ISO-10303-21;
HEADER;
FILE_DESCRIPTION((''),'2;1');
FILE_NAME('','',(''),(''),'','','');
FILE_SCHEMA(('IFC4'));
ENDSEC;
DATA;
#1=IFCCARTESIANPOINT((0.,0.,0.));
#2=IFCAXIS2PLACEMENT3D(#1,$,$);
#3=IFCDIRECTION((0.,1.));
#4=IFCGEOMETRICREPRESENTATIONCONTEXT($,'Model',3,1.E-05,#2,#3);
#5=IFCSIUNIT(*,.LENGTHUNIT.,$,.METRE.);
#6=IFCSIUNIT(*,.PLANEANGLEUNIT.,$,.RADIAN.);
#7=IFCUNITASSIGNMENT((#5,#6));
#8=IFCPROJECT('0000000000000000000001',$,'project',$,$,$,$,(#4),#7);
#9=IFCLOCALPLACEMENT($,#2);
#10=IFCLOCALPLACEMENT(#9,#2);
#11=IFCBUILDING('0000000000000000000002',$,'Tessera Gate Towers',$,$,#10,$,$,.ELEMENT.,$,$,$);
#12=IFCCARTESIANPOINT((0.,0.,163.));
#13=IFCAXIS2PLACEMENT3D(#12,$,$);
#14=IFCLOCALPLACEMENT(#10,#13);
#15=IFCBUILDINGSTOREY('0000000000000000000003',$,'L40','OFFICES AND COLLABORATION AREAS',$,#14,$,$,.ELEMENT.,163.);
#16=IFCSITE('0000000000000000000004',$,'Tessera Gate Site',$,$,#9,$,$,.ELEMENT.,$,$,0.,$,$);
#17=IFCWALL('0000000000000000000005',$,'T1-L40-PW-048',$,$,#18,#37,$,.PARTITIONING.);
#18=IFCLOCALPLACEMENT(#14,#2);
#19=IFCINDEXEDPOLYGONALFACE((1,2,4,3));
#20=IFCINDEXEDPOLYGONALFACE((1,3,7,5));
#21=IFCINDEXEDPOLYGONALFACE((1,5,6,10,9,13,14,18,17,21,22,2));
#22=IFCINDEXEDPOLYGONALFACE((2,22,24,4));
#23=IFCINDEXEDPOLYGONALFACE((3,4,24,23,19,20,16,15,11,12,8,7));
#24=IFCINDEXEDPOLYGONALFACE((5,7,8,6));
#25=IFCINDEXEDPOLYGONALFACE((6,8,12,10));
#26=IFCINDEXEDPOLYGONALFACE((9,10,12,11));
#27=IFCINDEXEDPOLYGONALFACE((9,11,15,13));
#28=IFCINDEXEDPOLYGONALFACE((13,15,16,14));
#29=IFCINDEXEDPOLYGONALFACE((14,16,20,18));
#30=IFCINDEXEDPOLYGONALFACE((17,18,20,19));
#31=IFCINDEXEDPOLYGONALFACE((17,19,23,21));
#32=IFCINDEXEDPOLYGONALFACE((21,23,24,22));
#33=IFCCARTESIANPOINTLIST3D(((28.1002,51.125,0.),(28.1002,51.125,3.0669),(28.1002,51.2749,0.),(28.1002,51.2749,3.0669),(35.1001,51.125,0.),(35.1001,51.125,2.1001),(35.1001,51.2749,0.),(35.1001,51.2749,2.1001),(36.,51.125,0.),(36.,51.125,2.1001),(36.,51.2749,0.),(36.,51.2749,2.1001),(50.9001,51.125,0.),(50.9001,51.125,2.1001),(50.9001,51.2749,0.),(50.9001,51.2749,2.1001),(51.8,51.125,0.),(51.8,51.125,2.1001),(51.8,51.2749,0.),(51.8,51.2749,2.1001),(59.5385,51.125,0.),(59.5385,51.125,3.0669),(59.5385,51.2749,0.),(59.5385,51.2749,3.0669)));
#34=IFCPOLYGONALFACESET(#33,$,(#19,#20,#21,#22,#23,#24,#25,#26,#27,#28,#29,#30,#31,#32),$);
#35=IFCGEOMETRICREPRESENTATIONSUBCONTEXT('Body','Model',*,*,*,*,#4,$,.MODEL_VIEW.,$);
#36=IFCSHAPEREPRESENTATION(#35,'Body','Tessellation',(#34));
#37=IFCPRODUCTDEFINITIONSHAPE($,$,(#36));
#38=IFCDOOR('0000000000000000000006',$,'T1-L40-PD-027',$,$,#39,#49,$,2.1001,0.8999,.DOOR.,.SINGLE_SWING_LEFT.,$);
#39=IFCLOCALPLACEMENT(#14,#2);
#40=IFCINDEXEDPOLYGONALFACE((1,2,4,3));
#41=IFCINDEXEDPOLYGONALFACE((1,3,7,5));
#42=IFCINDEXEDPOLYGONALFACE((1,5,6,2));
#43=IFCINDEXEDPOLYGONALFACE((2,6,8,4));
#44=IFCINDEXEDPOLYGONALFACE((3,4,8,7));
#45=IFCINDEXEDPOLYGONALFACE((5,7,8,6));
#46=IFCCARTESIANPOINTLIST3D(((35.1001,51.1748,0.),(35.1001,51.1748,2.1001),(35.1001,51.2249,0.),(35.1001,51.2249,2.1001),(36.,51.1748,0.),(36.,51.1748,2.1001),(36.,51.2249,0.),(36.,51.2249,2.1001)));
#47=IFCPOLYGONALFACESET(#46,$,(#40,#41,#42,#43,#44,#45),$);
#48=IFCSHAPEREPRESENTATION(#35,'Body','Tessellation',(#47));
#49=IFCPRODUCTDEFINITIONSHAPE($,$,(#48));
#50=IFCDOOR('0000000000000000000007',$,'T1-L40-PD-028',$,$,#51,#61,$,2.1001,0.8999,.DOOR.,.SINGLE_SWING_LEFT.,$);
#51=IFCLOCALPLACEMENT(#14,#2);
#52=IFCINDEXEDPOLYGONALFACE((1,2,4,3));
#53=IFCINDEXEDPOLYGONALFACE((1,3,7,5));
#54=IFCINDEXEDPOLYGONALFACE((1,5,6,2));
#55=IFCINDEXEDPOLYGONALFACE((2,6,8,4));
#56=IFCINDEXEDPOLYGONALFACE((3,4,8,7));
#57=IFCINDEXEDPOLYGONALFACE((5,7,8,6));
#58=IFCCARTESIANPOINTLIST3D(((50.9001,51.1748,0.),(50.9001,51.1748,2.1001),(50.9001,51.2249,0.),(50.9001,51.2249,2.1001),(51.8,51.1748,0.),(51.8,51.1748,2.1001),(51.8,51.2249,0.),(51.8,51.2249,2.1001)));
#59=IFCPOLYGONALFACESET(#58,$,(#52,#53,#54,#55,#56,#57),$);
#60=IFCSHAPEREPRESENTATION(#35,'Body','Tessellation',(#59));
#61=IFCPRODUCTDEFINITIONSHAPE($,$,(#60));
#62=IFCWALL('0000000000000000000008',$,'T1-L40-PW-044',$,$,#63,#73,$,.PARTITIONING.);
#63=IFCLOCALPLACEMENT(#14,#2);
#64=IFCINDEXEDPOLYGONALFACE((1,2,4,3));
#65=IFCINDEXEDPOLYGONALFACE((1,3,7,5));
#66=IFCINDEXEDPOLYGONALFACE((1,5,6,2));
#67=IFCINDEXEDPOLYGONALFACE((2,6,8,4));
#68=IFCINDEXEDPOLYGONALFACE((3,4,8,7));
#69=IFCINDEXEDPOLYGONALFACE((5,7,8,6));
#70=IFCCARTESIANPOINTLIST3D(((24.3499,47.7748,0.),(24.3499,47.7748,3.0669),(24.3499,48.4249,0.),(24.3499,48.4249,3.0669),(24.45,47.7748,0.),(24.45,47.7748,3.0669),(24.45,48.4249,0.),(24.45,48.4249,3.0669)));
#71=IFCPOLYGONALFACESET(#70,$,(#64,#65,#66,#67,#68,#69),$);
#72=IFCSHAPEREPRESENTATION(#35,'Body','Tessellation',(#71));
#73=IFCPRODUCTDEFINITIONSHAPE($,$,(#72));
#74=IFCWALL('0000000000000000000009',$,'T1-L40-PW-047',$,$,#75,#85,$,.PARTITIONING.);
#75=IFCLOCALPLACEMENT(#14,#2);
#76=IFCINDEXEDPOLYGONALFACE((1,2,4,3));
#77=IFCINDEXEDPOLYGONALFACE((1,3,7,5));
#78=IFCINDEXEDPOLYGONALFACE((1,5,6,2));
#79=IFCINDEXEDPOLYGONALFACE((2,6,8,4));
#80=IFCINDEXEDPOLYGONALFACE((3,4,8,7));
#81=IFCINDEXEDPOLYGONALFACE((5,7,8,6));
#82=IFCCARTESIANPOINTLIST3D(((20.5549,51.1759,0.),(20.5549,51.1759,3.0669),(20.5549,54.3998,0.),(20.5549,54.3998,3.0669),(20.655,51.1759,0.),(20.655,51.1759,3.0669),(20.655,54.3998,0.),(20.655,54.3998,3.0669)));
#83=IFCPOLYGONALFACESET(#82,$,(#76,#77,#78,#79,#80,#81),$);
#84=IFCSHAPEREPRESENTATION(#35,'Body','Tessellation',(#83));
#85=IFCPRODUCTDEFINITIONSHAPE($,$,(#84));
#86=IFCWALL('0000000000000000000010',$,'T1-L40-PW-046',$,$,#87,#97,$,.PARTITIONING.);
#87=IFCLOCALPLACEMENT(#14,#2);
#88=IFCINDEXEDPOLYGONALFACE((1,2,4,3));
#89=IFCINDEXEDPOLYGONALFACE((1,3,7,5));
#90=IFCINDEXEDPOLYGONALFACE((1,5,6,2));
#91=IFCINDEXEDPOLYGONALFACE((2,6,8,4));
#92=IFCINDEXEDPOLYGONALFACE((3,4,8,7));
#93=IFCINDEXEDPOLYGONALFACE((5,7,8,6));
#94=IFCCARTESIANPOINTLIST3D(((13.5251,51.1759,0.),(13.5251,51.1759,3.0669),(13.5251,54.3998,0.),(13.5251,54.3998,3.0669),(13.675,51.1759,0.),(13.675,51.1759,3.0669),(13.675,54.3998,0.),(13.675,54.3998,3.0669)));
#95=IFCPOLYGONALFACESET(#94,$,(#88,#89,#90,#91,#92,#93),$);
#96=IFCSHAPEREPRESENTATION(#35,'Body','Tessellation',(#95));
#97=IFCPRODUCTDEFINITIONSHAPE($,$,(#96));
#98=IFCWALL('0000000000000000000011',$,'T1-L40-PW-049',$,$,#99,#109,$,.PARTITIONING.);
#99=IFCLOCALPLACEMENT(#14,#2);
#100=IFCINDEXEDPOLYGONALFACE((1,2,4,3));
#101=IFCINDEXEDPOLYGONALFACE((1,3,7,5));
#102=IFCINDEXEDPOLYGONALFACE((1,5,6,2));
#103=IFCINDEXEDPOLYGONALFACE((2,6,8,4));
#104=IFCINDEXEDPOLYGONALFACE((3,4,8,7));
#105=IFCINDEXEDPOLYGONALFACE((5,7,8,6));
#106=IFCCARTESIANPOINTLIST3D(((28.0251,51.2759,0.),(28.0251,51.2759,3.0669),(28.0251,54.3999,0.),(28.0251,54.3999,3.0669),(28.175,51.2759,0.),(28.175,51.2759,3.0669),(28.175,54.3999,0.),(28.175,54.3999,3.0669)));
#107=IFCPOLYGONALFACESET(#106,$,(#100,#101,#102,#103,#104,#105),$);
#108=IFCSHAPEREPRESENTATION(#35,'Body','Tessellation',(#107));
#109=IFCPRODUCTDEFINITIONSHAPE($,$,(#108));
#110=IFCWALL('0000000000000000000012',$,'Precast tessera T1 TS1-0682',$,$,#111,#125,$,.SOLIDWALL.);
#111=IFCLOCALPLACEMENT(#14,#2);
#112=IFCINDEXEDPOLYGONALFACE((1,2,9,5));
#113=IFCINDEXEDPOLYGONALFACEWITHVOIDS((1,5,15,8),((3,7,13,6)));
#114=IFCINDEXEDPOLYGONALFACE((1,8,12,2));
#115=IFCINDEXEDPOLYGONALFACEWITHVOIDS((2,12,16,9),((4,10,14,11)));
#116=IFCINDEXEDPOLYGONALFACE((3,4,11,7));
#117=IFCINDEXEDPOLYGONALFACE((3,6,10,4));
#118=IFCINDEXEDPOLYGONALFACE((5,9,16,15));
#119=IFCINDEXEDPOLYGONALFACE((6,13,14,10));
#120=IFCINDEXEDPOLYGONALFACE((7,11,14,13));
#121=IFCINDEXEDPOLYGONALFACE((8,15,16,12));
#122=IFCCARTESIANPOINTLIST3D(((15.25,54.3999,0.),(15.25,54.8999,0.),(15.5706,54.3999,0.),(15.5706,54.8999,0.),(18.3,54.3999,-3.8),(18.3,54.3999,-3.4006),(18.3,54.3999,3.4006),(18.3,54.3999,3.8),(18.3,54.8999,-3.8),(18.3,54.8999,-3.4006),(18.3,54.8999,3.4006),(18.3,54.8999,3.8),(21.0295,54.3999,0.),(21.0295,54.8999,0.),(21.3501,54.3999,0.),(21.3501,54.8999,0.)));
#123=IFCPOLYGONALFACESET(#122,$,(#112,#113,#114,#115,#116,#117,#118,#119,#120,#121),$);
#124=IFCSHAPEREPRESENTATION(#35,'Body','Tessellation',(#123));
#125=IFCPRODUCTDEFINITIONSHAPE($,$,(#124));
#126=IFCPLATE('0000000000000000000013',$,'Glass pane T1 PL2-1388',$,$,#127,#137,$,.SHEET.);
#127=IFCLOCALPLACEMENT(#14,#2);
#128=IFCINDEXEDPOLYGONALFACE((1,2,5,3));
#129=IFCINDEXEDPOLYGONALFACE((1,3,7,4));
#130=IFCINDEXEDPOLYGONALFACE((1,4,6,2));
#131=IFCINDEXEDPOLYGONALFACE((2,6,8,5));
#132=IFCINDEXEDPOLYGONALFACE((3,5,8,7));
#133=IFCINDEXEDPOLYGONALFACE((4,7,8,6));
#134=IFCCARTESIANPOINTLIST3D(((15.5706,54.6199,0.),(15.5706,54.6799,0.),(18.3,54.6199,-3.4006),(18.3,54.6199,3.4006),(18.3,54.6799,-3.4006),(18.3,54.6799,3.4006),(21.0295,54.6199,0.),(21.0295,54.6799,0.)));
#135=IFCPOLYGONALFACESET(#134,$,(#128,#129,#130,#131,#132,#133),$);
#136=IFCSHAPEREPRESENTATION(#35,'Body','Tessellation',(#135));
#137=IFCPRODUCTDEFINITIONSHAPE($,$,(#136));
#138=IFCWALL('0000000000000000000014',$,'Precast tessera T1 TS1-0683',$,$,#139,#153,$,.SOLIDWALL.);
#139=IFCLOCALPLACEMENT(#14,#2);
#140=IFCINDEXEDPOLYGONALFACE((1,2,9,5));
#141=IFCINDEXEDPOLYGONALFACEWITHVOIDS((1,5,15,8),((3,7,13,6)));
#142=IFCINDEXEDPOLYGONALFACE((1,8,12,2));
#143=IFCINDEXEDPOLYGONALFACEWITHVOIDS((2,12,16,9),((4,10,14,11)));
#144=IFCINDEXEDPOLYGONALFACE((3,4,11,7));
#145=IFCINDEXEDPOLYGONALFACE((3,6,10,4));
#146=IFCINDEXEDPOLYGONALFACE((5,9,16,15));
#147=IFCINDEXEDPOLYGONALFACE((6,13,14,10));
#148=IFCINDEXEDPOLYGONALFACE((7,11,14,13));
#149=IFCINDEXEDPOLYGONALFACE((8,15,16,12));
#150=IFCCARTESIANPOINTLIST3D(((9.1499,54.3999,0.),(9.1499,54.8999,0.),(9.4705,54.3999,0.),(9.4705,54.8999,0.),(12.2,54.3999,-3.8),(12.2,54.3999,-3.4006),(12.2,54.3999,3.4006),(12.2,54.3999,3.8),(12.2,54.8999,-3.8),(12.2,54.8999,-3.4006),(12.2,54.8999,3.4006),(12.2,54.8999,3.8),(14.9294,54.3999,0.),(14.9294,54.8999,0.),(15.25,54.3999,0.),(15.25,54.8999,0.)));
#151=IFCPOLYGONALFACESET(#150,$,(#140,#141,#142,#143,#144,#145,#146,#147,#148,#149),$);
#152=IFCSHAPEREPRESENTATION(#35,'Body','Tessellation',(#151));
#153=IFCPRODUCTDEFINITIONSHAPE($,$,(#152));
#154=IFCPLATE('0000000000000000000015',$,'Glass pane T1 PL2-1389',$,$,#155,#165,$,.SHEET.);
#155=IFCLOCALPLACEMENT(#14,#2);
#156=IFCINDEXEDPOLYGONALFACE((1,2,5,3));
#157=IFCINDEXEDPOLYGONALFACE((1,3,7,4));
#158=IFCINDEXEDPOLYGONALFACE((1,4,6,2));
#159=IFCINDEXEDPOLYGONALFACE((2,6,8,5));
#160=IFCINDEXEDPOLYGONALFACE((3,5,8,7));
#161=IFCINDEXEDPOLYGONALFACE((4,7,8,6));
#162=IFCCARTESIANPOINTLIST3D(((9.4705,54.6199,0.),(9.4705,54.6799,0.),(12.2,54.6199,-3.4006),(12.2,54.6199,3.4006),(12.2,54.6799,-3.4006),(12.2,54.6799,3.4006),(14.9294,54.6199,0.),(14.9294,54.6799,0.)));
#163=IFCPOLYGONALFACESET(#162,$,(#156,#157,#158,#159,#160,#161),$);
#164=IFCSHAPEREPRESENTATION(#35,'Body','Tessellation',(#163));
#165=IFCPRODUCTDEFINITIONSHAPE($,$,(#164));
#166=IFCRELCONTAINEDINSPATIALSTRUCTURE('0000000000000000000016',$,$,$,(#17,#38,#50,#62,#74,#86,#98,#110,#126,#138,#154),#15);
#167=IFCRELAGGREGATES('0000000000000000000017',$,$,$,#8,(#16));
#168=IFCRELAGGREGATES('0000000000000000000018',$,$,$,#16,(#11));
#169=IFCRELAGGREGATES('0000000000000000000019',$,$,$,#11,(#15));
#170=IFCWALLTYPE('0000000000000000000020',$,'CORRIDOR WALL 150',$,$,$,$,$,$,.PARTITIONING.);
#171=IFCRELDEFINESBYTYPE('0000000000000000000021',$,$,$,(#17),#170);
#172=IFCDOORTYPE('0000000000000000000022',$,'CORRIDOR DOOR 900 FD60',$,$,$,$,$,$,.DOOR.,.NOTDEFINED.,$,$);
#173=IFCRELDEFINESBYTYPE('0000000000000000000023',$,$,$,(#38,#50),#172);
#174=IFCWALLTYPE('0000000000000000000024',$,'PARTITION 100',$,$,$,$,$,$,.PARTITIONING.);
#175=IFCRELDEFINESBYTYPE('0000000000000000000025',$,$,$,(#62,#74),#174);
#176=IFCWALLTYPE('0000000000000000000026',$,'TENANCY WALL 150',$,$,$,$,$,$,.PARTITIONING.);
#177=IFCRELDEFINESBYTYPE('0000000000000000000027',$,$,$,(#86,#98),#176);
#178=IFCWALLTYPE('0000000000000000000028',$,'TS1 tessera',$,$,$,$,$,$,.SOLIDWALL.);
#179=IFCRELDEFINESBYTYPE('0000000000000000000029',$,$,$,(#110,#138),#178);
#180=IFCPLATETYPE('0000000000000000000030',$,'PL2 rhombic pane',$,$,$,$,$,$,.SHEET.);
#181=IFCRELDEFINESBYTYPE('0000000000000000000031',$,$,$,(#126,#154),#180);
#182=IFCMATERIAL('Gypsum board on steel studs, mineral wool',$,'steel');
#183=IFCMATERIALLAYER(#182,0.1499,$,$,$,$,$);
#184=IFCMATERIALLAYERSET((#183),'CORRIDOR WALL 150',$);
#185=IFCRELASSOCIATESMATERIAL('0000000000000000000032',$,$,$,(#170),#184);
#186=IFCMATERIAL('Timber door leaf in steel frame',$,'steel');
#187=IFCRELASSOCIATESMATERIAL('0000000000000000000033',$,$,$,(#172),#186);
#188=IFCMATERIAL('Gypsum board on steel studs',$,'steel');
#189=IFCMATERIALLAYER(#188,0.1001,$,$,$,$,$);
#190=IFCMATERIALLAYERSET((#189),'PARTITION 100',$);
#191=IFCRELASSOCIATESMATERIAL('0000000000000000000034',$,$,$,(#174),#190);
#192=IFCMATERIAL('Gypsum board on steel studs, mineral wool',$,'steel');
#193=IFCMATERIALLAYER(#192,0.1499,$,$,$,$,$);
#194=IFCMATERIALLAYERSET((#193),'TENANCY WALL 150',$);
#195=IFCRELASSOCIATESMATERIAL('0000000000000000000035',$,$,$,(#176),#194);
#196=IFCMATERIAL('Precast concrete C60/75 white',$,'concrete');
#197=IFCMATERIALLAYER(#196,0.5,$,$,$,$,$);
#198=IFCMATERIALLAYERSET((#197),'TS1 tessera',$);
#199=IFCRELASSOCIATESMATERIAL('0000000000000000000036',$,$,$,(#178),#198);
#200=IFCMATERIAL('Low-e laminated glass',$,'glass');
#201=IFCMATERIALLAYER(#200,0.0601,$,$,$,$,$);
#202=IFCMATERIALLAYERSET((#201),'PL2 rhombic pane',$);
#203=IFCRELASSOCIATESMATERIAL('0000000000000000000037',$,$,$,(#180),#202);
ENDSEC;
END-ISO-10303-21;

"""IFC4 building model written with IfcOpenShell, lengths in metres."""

from ifc_helpers import new_model, si_unit, direction, frame, frame_2d, origin, place, context, subcontext, project, spatial, polyline, rectangle, outline, extrude, source, transform, mapped, material, layer, layer_set, type_object, element, fill, save


model = new_model("IFC4")

# Units and contexts
model_context = context("Model", 3, precision=1e-05, world=origin(), true_north=direction((0.0, 1.0)))
body_context = subcontext(model_context, "Body", "Model", "MODEL_VIEW")
ifc_project = project(units=[si_unit("LENGTHUNIT", "METRE"), si_unit("PLANEANGLEUNIT", "RADIAN")], contexts=[model_context])

# Site, building, storey
site_placement = place(None, origin())
site = spatial("IfcSite", under=ifc_project, at=site_placement, Name="Tessera Gate Site", CompositionType="ELEMENT", RefElevation=0.0)
building_placement = place(site_placement, origin())
building = spatial("IfcBuilding", under=site, at=building_placement, Name="Tessera Gate Towers", CompositionType="ELEMENT")
storey_placement = place(building_placement, frame((0.0, 0.0, 163.0)))
storey = spatial("IfcBuildingStorey", under=building, at=storey_placement, Name="L40", Description="OFFICES AND COLLABORATION AREAS", CompositionType="ELEMENT", Elevation=163.0)

# Wall, openings, doors
ifc_material_1 = material(Name="Gypsum board on steel studs, mineral wool", Category="steel")
ifc_layer_1 = layer(ifc_material_1, 0.1499)
ifc_layer_set_1 = layer_set([ifc_layer_1], Name="CORRIDOR WALL 150")
wall_type_1 = type_object("IfcWallType", Name="CORRIDOR WALL 150", PredefinedType="PARTITIONING", material=ifc_layer_set_1)
wall_1_placement = place(storey_placement, frame((28.1001, 51.2, 0.0), z_axis=(0.0, 0.0, 1.0), x_axis=(1.0, 0.0, 0.0)))
wall_1 = element("IfcWall", 1, at=wall_1_placement, inside=storey, type_object=wall_type_1, Name="T1-L40-PW-048", PredefinedType="PARTITIONING", context=body_context, shape_type="SweptSolid", body=[
    extrude(rectangle(XDim=31.4382, YDim=0.1499, at=frame_2d((15.7192, 0.0))), origin(), (0.0, 0.0, 1.0), 3.0669),
])
shared_shape_1 = source(origin(), body_context, "Body", "SweptSolid", [
    extrude(rectangle(XDim=0.8999, YDim=2.1001, at=frame_2d((0.45, 1.05))), frame((0.0, 0.085, 0.0), z_axis=(0.0, -1.0, 0.0), x_axis=(1.0, 0.0, 0.0)), (0.0, 0.0, 1.0), 0.1699),
])
opening_1_placement = place(wall_1_placement, frame((7.0, 0.0, 0.0)))
opening_1 = element("IfcOpeningElement", 2, at=opening_1_placement, cuts=wall_1, PredefinedType="OPENING", context=body_context, shape_type="MappedRepresentation", body=[
    mapped(shared_shape_1, transform((0.0, 0.0, 0.0), scale=1.0)),
])
opening_2_placement = place(wall_1_placement, frame((22.8, 0.0, 0.0)))
opening_2 = element("IfcOpeningElement", 3, at=opening_2_placement, cuts=wall_1, PredefinedType="OPENING", context=body_context, shape_type="MappedRepresentation", body=[
    mapped(shared_shape_1, transform((0.0, 0.0, 0.0), scale=1.0)),
])
ifc_material_2 = material(Name="Timber door leaf in steel frame", Category="steel")
door_type = type_object("IfcDoorType", Name="CORRIDOR DOOR 900 FD60", OperationType="NOTDEFINED", PredefinedType="DOOR", material=ifc_material_2)
shared_shape_2 = source(origin(), body_context, "Body", "SweptSolid", [
    extrude(rectangle(XDim=0.8999, YDim=2.1001, at=frame_2d((0.45, 1.05))), frame((0.0, 0.0249, 0.0), z_axis=(0.0, -1.0, 0.0), x_axis=(1.0, 0.0, 0.0)), (0.0, 0.0, 1.0), 0.05),
])
door_1_placement = place(opening_1_placement, origin())
door_1 = element("IfcDoor", 4, at=door_1_placement, inside=storey, type_object=door_type, Name="T1-L40-PD-027", OperationType="SINGLE_SWING_LEFT", OverallHeight=2.1001, OverallWidth=0.8999, PredefinedType="DOOR", context=body_context, shape_type="MappedRepresentation", body=[
    mapped(shared_shape_2, transform((0.0, 0.0, 0.0), scale=1.0)),
])
fill(opening_1, door_1)
door_2_placement = place(opening_2_placement, origin())
door_2 = element("IfcDoor", 5, at=door_2_placement, inside=storey, type_object=door_type, Name="T1-L40-PD-028", OperationType="SINGLE_SWING_LEFT", OverallHeight=2.1001, OverallWidth=0.8999, PredefinedType="DOOR", context=body_context, shape_type="MappedRepresentation", body=[
    mapped(shared_shape_2, transform((0.0, 0.0, 0.0), scale=1.0)),
])
fill(opening_2, door_2)

# Walls
ifc_material_3 = material(Name="Gypsum board on steel studs", Category="steel")
ifc_layer_2 = layer(ifc_material_3, 0.1001)
ifc_layer_set_2 = layer_set([ifc_layer_2], Name="PARTITION 100")
wall_type_2 = type_object("IfcWallType", Name="PARTITION 100", PredefinedType="PARTITIONING", material=ifc_layer_set_2)
wall_2_placement = place(storey_placement, frame((24.3999, 48.425, 0.0), z_axis=(0.0, 0.0, 1.0), x_axis=(0.0, -1.0, 0.0)))
element("IfcWall", 6, at=wall_2_placement, inside=storey, type_object=wall_type_2, Name="T1-L40-PW-044", PredefinedType="PARTITIONING", context=body_context, shape_type="SweptSolid", body=[
    extrude(rectangle(XDim=0.6501, YDim=0.1001, at=frame_2d((0.3252, 0.0))), origin(), (0.0, 0.0, 1.0), 3.0669),
])
wall_3_placement = place(storey_placement, frame((20.605, 51.176, 0.0), z_axis=(0.0, 0.0, 1.0), x_axis=(0.0, 1.0, 0.0)))
element("IfcWall", 7, at=wall_3_placement, inside=storey, type_object=wall_type_2, Name="T1-L40-PW-047", PredefinedType="PARTITIONING", context=body_context, shape_type="SweptSolid", body=[
    extrude(rectangle(XDim=3.2239, YDim=0.1001, at=frame_2d((1.6118, 0.0))), origin(), (0.0, 0.0, 1.0), 3.0669),
])
ifc_material_4 = material(Name="Gypsum board on steel studs, mineral wool", Category="steel")
ifc_layer_3 = layer(ifc_material_4, 0.1499)
ifc_layer_set_3 = layer_set([ifc_layer_3], Name="TENANCY WALL 150")
wall_type_3 = type_object("IfcWallType", Name="TENANCY WALL 150", PredefinedType="PARTITIONING", material=ifc_layer_set_3)
wall_4_placement = place(storey_placement, frame((13.6001, 51.176, 0.0), z_axis=(0.0, 0.0, 1.0), x_axis=(0.0, 1.0, 0.0)))
element("IfcWall", 8, at=wall_4_placement, inside=storey, type_object=wall_type_3, Name="T1-L40-PW-046", PredefinedType="PARTITIONING", context=body_context, shape_type="SweptSolid", body=[
    extrude(rectangle(XDim=3.2239, YDim=0.1499, at=frame_2d((1.6118, 0.0))), origin(), (0.0, 0.0, 1.0), 3.0669),
])
wall_5_placement = place(storey_placement, frame((28.1001, 51.2759, 0.0), z_axis=(0.0, 0.0, 1.0), x_axis=(0.0, 1.0, 0.0)))
element("IfcWall", 9, at=wall_5_placement, inside=storey, type_object=wall_type_3, Name="T1-L40-PW-049", PredefinedType="PARTITIONING", context=body_context, shape_type="SweptSolid", body=[
    extrude(rectangle(XDim=3.124, YDim=0.1499, at=frame_2d((1.562, 0.0))), origin(), (0.0, 0.0, 1.0), 3.0669),
])

# Walls, openings, plates
ifc_material_5 = material(Name="Precast concrete C60/75 white", Category="concrete")
ifc_layer_4 = layer(ifc_material_5, 0.5)
ifc_layer_set_4 = layer_set([ifc_layer_4], Name="TS1 tessera")
wall_type_4 = type_object("IfcWallType", Name="TS1 tessera", PredefinedType="SOLIDWALL", material=ifc_layer_set_4)
shared_shape_3 = source(origin(), body_context, "Body", "SweptSolid", [
    extrude(outline(polyline([(3.05, 0.0), (6.1001, 3.8), (3.05, 7.6001), (0.0, 3.8), (3.05, 0.0)])), frame((0.0, 0.25, 0.0), z_axis=(0.0, -1.0, 0.0), x_axis=(1.0, 0.0, 0.0)), (0.0, 0.0, 1.0), 0.5),
])
wall_6_placement = place(storey_placement, frame((21.3501, 54.6499, -3.8), z_axis=(0.0, 0.0, 1.0), x_axis=(-1.0, 0.0, 0.0)))
wall_6 = element("IfcWall", 10, at=wall_6_placement, inside=storey, type_object=wall_type_4, Name="Precast tessera T1 TS1-0682", PredefinedType="SOLIDWALL", context=body_context, shape_type="MappedRepresentation", body=[
    mapped(shared_shape_3, transform((0.0, 0.0, 0.0), scale=1.0)),
])
shared_shape_4 = source(origin(), body_context, "Body", "SweptSolid", [
    extrude(outline(polyline([(3.05, 0.3994), (5.7795, 3.8), (3.05, 7.2007), (0.3206, 3.8), (3.05, 0.3994)])), frame((0.0, 0.26, 0.0), z_axis=(0.0, -1.0, 0.0), x_axis=(1.0, 0.0, 0.0)), (0.0, 0.0, 1.0), 0.52),
])
opening_3_placement = place(wall_6_placement, origin())
opening_3 = element("IfcOpeningElement", 11, at=opening_3_placement, cuts=wall_6, PredefinedType="OPENING", context=body_context, shape_type="MappedRepresentation", body=[
    mapped(shared_shape_4, transform((0.0, 0.0, 0.0), scale=1.0)),
])
ifc_material_6 = material(Name="Low-e laminated glass", Category="glass")
ifc_layer_5 = layer(ifc_material_6, 0.0601)
ifc_layer_set_5 = layer_set([ifc_layer_5], Name="PL2 rhombic pane")
plate_type = type_object("IfcPlateType", Name="PL2 rhombic pane", PredefinedType="SHEET", material=ifc_layer_set_5)
shared_shape_5 = source(origin(), body_context, "Body", "SweptSolid", [
    extrude(outline(polyline([(3.05, 0.3994), (5.7795, 3.8), (3.05, 7.2007), (0.3206, 3.8), (3.05, 0.3994)])), frame((0.0, 0.03, 0.0), z_axis=(0.0, -1.0, 0.0), x_axis=(1.0, 0.0, 0.0)), (0.0, 0.0, 1.0), 0.0601),
])
plate_1_placement = place(opening_3_placement, origin())
plate_1 = element("IfcPlate", 12, at=plate_1_placement, inside=storey, type_object=plate_type, Name="Glass pane T1 PL2-1388", PredefinedType="SHEET", context=body_context, shape_type="MappedRepresentation", body=[
    mapped(shared_shape_5, transform((0.0, 0.0, 0.0), scale=1.0)),
])
fill(opening_3, plate_1)
wall_7_placement = place(storey_placement, frame((15.25, 54.6499, -3.8), z_axis=(0.0, 0.0, 1.0), x_axis=(-1.0, 0.0, 0.0)))
wall_7 = element("IfcWall", 13, at=wall_7_placement, inside=storey, type_object=wall_type_4, Name="Precast tessera T1 TS1-0683", PredefinedType="SOLIDWALL", context=body_context, shape_type="MappedRepresentation", body=[
    mapped(shared_shape_3, transform((0.0, 0.0, 0.0), scale=1.0)),
])
opening_4_placement = place(wall_7_placement, origin())
opening_4 = element("IfcOpeningElement", 14, at=opening_4_placement, cuts=wall_7, PredefinedType="OPENING", context=body_context, shape_type="MappedRepresentation", body=[
    mapped(shared_shape_4, transform((0.0, 0.0, 0.0), scale=1.0)),
])
plate_2_placement = place(opening_4_placement, origin())
plate_2 = element("IfcPlate", 15, at=plate_2_placement, inside=storey, type_object=plate_type, Name="Glass pane T1 PL2-1389", PredefinedType="SHEET", context=body_context, shape_type="MappedRepresentation", body=[
    mapped(shared_shape_5, transform((0.0, 0.0, 0.0), scale=1.0)),
])
fill(opening_4, plate_2)

save(model, "model.ifc")
